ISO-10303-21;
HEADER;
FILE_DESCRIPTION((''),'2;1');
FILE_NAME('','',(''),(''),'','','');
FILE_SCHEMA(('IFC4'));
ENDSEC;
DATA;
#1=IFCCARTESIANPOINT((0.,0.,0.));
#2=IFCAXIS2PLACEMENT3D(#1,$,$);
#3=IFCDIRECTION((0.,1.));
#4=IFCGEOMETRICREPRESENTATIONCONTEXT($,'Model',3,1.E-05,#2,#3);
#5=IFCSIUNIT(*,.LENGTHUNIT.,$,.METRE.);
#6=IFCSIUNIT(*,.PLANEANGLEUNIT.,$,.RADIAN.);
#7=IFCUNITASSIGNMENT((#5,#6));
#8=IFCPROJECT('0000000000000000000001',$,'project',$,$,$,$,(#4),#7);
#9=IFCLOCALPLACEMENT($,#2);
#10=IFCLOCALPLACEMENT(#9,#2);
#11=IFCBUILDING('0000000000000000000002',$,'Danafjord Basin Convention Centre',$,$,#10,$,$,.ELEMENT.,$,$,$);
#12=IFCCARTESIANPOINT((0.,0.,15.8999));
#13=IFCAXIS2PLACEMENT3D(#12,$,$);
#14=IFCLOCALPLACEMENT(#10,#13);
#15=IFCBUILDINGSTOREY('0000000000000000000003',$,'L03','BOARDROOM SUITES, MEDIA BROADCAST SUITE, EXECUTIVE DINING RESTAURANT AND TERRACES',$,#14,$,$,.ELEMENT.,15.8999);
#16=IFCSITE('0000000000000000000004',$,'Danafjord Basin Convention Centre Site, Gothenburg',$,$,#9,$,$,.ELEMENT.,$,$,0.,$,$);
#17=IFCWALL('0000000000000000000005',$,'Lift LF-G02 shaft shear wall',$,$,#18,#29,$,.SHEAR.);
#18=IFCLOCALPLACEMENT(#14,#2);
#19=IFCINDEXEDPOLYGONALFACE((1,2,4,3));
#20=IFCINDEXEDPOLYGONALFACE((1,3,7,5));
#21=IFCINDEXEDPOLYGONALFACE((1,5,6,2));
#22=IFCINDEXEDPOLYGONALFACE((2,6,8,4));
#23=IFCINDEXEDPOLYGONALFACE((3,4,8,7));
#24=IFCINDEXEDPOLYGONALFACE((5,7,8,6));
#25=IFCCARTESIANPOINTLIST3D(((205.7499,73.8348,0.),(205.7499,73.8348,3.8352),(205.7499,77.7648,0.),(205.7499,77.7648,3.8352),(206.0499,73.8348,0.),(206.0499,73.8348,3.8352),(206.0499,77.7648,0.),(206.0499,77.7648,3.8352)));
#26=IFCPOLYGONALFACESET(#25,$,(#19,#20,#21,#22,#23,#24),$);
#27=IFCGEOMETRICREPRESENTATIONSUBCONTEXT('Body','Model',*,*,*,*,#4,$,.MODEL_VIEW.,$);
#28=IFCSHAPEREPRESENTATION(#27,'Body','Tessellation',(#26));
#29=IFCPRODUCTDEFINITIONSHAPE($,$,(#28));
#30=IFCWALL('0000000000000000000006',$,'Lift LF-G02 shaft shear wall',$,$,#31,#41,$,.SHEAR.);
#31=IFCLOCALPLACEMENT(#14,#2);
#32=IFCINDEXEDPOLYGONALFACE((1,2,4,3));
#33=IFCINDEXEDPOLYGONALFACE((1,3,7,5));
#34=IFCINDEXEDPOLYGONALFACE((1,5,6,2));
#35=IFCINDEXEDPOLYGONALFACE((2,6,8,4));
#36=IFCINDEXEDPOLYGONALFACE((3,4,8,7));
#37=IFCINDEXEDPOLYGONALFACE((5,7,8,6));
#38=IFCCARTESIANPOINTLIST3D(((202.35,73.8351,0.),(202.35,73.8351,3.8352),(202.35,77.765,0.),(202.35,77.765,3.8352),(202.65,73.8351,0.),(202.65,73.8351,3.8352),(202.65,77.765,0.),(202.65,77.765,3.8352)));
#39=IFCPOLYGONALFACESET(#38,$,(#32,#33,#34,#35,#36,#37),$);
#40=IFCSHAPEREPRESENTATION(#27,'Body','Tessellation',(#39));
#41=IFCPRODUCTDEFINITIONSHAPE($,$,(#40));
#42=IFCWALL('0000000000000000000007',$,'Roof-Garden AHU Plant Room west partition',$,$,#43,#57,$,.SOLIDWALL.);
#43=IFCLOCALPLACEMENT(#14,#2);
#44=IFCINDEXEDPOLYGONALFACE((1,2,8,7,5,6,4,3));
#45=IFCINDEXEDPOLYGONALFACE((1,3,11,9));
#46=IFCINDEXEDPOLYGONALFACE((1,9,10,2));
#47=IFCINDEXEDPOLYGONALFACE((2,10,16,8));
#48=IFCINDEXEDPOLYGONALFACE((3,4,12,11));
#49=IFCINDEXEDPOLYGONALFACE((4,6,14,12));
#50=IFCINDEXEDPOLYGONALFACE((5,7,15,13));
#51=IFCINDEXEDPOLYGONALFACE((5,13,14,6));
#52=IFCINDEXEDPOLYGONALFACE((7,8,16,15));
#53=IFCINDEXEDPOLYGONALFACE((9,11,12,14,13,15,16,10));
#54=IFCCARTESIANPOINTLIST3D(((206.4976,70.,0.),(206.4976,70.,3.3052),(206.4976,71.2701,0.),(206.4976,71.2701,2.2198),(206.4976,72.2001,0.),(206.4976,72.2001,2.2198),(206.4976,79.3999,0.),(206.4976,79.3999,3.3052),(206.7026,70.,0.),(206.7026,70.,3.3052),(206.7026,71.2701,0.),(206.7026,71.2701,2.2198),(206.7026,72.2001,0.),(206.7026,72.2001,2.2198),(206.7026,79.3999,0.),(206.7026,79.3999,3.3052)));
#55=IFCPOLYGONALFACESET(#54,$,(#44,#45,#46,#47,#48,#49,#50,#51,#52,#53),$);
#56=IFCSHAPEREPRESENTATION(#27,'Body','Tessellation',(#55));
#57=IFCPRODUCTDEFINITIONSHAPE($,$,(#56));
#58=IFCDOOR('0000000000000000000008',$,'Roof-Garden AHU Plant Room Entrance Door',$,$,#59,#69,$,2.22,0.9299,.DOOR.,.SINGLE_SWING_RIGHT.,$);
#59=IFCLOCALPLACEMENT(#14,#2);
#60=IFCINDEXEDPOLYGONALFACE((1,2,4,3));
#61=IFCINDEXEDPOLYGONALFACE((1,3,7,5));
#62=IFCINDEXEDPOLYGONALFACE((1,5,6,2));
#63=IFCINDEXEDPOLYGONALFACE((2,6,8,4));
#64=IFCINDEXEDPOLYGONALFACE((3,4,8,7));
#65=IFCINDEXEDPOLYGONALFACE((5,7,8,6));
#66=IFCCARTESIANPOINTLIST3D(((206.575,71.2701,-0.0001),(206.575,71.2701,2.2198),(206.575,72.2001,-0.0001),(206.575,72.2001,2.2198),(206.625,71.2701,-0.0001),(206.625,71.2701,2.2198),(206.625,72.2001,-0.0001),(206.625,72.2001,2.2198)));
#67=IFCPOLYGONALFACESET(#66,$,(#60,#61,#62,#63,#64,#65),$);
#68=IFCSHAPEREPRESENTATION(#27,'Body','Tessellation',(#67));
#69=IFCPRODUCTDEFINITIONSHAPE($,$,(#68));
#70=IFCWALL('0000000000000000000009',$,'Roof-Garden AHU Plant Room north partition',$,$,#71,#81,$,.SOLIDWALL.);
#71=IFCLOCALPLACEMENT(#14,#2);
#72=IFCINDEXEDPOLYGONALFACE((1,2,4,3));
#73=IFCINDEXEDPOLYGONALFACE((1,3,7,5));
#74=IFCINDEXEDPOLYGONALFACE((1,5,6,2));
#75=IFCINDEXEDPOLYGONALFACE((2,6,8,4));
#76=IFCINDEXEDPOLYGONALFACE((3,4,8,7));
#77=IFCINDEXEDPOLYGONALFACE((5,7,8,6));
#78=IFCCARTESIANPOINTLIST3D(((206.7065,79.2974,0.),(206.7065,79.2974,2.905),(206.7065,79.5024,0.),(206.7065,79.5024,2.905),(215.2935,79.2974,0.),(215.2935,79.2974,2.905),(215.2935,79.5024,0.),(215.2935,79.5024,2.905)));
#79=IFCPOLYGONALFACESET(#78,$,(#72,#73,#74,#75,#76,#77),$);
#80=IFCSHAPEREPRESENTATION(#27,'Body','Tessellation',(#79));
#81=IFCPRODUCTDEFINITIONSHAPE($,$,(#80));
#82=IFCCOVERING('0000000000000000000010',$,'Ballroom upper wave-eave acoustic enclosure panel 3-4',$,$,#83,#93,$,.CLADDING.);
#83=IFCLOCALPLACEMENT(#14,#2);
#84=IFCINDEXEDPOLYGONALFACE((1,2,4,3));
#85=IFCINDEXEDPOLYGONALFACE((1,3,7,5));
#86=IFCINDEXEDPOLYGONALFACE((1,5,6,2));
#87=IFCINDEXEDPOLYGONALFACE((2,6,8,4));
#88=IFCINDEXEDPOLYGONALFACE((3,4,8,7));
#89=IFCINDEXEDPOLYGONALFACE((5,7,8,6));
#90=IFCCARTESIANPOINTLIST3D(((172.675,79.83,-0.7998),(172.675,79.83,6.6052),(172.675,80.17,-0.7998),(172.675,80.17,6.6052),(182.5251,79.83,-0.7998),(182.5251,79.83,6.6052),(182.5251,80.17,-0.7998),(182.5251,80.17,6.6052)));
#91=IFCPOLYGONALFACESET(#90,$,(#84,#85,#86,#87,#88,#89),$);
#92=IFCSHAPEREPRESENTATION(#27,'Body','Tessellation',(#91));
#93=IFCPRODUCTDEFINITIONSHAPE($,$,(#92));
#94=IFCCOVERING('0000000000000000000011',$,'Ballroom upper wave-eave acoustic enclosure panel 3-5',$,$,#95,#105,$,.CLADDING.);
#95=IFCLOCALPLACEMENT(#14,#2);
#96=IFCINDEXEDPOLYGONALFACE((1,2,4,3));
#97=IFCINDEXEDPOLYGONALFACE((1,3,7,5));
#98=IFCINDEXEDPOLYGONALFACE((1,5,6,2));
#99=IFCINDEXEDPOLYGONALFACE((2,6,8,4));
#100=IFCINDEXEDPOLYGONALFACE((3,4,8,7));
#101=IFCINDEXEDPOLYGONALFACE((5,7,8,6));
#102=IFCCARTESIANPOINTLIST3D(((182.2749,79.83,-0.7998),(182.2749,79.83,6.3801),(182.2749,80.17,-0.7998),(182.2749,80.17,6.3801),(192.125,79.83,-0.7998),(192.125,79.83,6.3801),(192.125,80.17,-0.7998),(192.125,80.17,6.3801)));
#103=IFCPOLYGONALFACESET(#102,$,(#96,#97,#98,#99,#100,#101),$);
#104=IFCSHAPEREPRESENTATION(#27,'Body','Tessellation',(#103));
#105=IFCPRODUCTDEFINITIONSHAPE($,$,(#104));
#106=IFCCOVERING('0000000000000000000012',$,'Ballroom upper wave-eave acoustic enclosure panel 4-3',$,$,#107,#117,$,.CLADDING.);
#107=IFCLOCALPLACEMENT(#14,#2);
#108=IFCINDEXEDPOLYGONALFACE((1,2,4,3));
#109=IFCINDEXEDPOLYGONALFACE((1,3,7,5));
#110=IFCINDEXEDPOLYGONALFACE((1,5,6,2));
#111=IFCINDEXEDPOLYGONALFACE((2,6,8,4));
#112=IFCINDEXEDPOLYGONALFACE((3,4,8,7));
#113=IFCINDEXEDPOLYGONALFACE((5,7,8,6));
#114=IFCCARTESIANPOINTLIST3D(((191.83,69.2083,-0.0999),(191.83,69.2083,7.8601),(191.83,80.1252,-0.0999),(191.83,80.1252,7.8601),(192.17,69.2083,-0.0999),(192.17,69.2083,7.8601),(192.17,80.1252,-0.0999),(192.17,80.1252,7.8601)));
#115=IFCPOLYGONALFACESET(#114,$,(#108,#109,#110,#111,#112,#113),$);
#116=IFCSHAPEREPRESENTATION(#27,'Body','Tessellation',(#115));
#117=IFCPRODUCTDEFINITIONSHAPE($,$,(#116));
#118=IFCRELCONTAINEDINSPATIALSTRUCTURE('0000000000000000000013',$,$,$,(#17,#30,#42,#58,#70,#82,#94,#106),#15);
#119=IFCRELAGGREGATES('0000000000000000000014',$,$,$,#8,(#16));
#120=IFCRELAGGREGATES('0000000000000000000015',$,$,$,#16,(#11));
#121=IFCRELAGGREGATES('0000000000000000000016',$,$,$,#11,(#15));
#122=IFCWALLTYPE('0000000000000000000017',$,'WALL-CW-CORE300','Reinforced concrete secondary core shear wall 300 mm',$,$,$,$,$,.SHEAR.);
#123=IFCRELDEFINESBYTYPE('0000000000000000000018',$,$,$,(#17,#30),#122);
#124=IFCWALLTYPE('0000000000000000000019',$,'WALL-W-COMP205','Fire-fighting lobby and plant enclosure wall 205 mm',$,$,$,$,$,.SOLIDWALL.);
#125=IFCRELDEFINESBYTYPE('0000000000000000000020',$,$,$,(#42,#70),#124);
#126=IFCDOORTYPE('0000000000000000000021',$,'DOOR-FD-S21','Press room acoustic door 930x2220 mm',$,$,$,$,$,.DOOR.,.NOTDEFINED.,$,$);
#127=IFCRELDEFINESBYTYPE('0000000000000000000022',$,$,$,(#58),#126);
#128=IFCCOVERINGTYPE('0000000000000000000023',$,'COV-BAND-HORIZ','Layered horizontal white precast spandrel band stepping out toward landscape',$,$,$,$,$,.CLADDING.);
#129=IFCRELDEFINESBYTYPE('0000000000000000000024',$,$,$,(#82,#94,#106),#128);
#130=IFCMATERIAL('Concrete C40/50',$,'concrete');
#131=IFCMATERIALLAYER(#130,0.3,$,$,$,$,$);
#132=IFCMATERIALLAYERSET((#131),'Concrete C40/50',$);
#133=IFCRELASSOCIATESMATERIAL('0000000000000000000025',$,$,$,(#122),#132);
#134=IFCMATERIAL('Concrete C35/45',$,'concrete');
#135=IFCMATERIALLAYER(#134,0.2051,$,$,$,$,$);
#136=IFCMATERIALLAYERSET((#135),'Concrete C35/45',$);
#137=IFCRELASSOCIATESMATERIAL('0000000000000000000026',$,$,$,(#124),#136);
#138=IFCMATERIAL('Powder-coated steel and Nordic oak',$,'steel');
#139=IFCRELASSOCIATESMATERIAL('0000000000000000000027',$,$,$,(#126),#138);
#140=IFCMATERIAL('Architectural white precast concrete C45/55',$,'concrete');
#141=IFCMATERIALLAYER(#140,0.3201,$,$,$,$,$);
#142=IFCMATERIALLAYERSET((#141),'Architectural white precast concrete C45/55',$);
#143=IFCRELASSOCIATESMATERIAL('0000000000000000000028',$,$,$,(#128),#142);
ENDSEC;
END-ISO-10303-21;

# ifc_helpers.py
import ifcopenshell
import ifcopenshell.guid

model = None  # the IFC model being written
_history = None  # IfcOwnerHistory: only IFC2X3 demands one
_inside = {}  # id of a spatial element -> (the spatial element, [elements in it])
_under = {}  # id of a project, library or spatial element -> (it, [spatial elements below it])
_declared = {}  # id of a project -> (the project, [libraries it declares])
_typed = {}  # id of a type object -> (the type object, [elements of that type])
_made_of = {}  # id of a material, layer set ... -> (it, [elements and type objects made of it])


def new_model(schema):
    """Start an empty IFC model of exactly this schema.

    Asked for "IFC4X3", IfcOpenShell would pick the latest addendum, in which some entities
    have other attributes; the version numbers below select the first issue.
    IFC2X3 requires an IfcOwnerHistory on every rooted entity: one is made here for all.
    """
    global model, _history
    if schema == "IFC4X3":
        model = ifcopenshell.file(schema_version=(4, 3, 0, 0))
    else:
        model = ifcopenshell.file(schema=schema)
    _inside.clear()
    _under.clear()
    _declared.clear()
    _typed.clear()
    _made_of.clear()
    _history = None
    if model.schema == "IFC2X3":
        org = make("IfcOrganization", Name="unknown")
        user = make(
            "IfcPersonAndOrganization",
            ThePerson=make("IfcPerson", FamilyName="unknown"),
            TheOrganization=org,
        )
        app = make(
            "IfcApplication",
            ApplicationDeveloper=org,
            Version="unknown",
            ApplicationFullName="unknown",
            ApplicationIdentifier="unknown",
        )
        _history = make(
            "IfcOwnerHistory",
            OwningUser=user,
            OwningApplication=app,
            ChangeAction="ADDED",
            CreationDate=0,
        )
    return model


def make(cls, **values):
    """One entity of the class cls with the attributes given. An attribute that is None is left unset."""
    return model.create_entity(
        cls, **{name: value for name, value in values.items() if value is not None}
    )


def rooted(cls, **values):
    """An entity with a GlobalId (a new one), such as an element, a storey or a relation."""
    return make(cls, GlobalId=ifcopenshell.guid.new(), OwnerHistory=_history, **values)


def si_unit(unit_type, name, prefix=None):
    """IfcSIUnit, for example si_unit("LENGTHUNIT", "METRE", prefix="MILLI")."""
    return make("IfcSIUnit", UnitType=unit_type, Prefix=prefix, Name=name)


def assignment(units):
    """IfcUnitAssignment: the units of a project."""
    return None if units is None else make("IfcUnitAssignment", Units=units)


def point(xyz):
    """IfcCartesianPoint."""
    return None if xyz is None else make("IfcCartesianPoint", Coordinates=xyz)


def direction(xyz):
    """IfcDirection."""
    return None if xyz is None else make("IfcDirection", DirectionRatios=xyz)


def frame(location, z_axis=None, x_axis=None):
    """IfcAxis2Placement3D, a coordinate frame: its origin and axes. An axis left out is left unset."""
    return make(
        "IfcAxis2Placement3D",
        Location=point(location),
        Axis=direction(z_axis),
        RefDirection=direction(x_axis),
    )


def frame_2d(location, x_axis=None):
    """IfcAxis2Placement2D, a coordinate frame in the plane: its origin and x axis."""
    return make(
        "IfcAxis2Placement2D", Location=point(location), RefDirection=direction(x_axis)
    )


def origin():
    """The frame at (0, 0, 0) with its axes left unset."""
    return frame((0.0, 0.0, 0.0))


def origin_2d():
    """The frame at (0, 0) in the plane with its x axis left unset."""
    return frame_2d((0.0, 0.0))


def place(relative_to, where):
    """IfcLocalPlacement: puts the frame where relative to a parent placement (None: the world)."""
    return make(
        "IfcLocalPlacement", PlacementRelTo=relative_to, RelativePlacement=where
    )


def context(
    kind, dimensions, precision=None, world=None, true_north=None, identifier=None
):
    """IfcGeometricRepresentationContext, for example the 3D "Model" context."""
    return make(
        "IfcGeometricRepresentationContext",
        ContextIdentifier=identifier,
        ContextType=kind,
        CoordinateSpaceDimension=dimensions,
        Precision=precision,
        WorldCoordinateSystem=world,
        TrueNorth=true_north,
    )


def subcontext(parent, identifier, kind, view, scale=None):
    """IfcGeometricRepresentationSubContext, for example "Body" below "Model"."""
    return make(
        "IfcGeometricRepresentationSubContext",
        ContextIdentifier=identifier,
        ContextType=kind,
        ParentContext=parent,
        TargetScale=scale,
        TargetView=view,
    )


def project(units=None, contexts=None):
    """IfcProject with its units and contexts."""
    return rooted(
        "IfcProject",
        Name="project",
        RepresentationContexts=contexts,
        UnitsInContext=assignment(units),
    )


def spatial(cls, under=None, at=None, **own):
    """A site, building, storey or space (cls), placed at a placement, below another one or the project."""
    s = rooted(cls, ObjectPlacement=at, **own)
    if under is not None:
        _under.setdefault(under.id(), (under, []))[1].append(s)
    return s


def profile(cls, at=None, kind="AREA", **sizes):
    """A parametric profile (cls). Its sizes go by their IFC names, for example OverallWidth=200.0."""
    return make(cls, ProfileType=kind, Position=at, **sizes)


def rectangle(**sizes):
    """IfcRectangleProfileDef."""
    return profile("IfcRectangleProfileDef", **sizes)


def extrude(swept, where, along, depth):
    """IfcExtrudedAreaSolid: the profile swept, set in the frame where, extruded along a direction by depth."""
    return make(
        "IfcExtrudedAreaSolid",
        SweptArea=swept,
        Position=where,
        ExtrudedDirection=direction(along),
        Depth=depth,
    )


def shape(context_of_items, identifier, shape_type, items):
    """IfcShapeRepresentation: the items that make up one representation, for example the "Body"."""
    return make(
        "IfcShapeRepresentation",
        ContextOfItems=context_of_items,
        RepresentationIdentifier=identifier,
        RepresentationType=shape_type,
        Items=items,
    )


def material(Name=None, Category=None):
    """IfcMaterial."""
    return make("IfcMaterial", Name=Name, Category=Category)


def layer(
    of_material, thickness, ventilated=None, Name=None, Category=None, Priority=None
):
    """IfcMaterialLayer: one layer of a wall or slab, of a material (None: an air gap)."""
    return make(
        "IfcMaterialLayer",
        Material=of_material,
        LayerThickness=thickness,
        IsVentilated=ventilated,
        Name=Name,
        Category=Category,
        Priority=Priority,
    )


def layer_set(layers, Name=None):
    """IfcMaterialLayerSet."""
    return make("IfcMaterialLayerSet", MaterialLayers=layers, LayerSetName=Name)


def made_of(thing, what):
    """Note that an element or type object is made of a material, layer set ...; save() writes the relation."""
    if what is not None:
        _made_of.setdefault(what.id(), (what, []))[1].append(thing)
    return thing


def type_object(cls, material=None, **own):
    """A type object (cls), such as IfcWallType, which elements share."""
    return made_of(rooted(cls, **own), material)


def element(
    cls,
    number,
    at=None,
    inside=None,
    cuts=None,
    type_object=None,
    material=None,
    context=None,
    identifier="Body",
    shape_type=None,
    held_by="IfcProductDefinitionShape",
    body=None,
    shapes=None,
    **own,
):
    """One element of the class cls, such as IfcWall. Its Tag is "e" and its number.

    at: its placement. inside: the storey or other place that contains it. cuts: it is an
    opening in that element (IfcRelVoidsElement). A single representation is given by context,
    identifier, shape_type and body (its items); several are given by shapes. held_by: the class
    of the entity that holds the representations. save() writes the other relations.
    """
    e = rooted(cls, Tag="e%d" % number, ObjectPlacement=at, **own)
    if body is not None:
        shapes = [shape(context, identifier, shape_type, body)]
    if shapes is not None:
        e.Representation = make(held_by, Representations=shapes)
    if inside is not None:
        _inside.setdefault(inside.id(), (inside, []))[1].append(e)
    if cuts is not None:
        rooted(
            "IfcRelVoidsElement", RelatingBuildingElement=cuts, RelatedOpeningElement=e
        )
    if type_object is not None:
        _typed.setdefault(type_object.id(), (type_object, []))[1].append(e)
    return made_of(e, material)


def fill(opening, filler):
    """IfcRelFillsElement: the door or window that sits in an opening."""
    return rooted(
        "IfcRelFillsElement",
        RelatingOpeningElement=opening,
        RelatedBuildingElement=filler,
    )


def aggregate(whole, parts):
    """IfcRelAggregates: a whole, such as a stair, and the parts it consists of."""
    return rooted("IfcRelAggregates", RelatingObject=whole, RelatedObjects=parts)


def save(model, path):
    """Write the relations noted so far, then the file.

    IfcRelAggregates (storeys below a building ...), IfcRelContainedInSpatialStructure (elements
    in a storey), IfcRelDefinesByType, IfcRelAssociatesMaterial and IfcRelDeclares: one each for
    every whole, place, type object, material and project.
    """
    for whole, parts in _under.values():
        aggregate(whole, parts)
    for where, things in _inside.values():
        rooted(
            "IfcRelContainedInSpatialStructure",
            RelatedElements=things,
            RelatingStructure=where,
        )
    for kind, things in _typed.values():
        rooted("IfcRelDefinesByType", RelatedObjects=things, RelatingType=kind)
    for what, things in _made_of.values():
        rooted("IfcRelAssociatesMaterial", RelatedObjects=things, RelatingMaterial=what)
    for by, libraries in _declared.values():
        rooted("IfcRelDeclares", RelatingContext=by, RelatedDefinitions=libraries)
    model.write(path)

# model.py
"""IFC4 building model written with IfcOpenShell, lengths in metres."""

from ifc_helpers import new_model, si_unit, direction, frame, frame_2d, origin, origin_2d, place, context, subcontext, project, spatial, rectangle, extrude, material, layer, layer_set, type_object, element, fill, save


model = new_model("IFC4")

# Units and contexts
model_context = context("Model", 3, precision=1e-05, world=origin(), true_north=direction((0.0, 1.0)))
body_context = subcontext(model_context, "Body", "Model", "MODEL_VIEW")
ifc_project = project(units=[si_unit("LENGTHUNIT", "METRE"), si_unit("PLANEANGLEUNIT", "RADIAN")], contexts=[model_context])

# Site, building, storey
site_placement = place(None, origin())
site = spatial("IfcSite", under=ifc_project, at=site_placement, Name="Danafjord Basin Convention Centre Site, Gothenburg", CompositionType="ELEMENT", RefElevation=0.0)
building_placement = place(site_placement, origin())
building = spatial("IfcBuilding", under=site, at=building_placement, Name="Danafjord Basin Convention Centre", CompositionType="ELEMENT")
storey_placement = place(building_placement, frame((0.0, 0.0, 15.8999)))
storey = spatial("IfcBuildingStorey", under=building, at=storey_placement, Name="L03", Description="BOARDROOM SUITES, MEDIA BROADCAST SUITE, EXECUTIVE DINING RESTAURANT AND TERRACES", CompositionType="ELEMENT", Elevation=15.8999)

# Shared definitions
ifc_material_1 = material(Name="Concrete C40/50", Category="concrete")
ifc_layer_1 = layer(ifc_material_1, 0.3)
ifc_layer_set_1 = layer_set([ifc_layer_1], Name="Concrete C40/50")
wall_type_1 = type_object("IfcWallType", Name="WALL-CW-CORE300", Description="Reinforced concrete secondary core shear wall 300 mm", PredefinedType="SHEAR", material=ifc_layer_set_1)

# Walls
for number, where, z_axis, x_axis, name in (
    (1, (205.8999, 73.835, 0.0), (0.0, 0.0, 1.0), (0.0, 1.0, 0.0), "Lift LF-G02 shaft shear wall"),
    (2, (202.5, 77.7649, 0.0), (0.0, 0.0, 1.0), (0.0, -1.0, 0.0), "Lift LF-G02 shaft shear wall"),
):
    element("IfcWall", number, at=place(storey_placement, frame(where, z_axis=z_axis, x_axis=x_axis)), inside=storey, type_object=wall_type_1, Name=name, PredefinedType="SHEAR", context=body_context, shape_type="SweptSolid", body=[
        extrude(rectangle(XDim=3.9299, YDim=0.3, at=frame_2d((1.9648, 0.0))), origin(), (0.0, 0.0, 1.0), 3.8352),
    ])

# Wall, opening, door
ifc_material_2 = material(Name="Concrete C35/45", Category="concrete")
ifc_layer_2 = layer(ifc_material_2, 0.2051)
ifc_layer_set_2 = layer_set([ifc_layer_2], Name="Concrete C35/45")
wall_type_2 = type_object("IfcWallType", Name="WALL-W-COMP205", Description="Fire-fighting lobby and plant enclosure wall 205 mm", PredefinedType="SOLIDWALL", material=ifc_layer_set_2)
wall_1_placement = place(storey_placement, frame((206.6001, 79.3999, 0.0), z_axis=(0.0, 0.0, 1.0), x_axis=(0.0, -1.0, 0.0)))
wall_1 = element("IfcWall", 3, at=wall_1_placement, inside=storey, type_object=wall_type_2, Name="Roof-Garden AHU Plant Room west partition", PredefinedType="SOLIDWALL", context=body_context, shape_type="SweptSolid", body=[
    extrude(rectangle(XDim=9.3999, YDim=0.2051, at=frame_2d((4.7, 0.0))), origin(), (0.0, 0.0, 1.0), 3.3052),
])
opening_1_placement = place(wall_1_placement, frame((7.2, 0.0, 0.0)))
opening_1 = element("IfcOpeningElement", 4, at=opening_1_placement, cuts=wall_1, PredefinedType="OPENING", context=body_context, shape_type="SweptSolid", body=[
    extrude(rectangle(XDim=0.9299, YDim=2.22, at=frame_2d((0.4648, 1.1099))), frame((0.0, 0.1125, 0.0), z_axis=(0.0, -1.0, 0.0), x_axis=(1.0, 0.0, 0.0)), (0.0, 0.0, 1.0), 0.2251),
])
ifc_material_3 = material(Name="Powder-coated steel and Nordic oak", Category="steel")
door_type_1 = type_object("IfcDoorType", Name="DOOR-FD-S21", Description="Press room acoustic door 930x2220 mm", OperationType="NOTDEFINED", PredefinedType="DOOR", material=ifc_material_3)
door_1_placement = place(opening_1_placement, origin())
door_1 = element("IfcDoor", 5, at=door_1_placement, inside=storey, type_object=door_type_1, Name="Roof-Garden AHU Plant Room Entrance Door", OperationType="SINGLE_SWING_RIGHT", OverallHeight=2.22, OverallWidth=0.9299, PredefinedType="DOOR", context=body_context, shape_type="SweptSolid", body=[
    extrude(rectangle(XDim=0.9299, YDim=2.22, at=frame_2d((0.4648, 1.1099))), frame((0.0, 0.0249, 0.0), z_axis=(0.0, -1.0, 0.0), x_axis=(1.0, 0.0, 0.0)), (0.0, 0.0, 1.0), 0.05),
])
fill(opening_1, door_1)

# Wall
wall_2_placement = place(storey_placement, frame((215.2935, 79.3999, 0.0), z_axis=(0.0, 0.0, 1.0), x_axis=(-1.0, 0.0, 0.0)))
element("IfcWall", 6, at=wall_2_placement, inside=storey, type_object=wall_type_2, Name="Roof-Garden AHU Plant Room north partition", PredefinedType="SOLIDWALL", context=body_context, shape_type="SweptSolid", body=[
    extrude(rectangle(XDim=8.5869, YDim=0.2051, at=frame_2d((4.2935, 0.0))), origin(), (0.0, 0.0, 1.0), 2.905),
])

# Coverings
ifc_material_4 = material(Name="Architectural white precast concrete C45/55", Category="concrete")
ifc_layer_3 = layer(ifc_material_4, 0.3201)
ifc_layer_set_3 = layer_set([ifc_layer_3], Name="Architectural white precast concrete C45/55")
covering_type = type_object("IfcCoveringType", Name="COV-BAND-HORIZ", Description="Layered horizontal white precast spandrel band stepping out toward landscape", PredefinedType="CLADDING", material=ifc_layer_set_3)
covering_1_placement = place(storey_placement, frame((177.6001, 80.0, -0.7998), z_axis=(0.0, 0.0, 1.0), x_axis=(1.0, 0.0, 0.0)))
element("IfcCovering", 7, at=covering_1_placement, inside=storey, type_object=covering_type, Name="Ballroom upper wave-eave acoustic enclosure panel 3-4", PredefinedType="CLADDING", context=body_context, shape_type="SweptSolid", body=[
    extrude(rectangle(XDim=9.8501, YDim=0.3401, at=origin_2d()), origin(), (0.0, 0.0, 1.0), 7.405),
])
covering_2_placement = place(storey_placement, frame((187.2, 80.0, -0.7998), z_axis=(0.0, 0.0, 1.0), x_axis=(1.0, 0.0, 0.0)))
element("IfcCovering", 8, at=covering_2_placement, inside=storey, type_object=covering_type, Name="Ballroom upper wave-eave acoustic enclosure panel 3-5", PredefinedType="CLADDING", context=body_context, shape_type="SweptSolid", body=[
    extrude(rectangle(XDim=9.8501, YDim=0.3401, at=origin_2d()), origin(), (0.0, 0.0, 1.0), 7.1799),
])
covering_3_placement = place(storey_placement, frame((192.0, 74.6667, -0.0999), z_axis=(0.0, 0.0, 1.0), x_axis=(0.0, 1.0, 0.0)))
element("IfcCovering", 9, at=covering_3_placement, inside=storey, type_object=covering_type, Name="Ballroom upper wave-eave acoustic enclosure panel 4-3", PredefinedType="CLADDING", context=body_context, shape_type="SweptSolid", body=[
    extrude(rectangle(XDim=10.917, YDim=0.3401, at=origin_2d()), origin(), (0.0, 0.0, 1.0), 7.96),
])

save(model, "model.ifc")
